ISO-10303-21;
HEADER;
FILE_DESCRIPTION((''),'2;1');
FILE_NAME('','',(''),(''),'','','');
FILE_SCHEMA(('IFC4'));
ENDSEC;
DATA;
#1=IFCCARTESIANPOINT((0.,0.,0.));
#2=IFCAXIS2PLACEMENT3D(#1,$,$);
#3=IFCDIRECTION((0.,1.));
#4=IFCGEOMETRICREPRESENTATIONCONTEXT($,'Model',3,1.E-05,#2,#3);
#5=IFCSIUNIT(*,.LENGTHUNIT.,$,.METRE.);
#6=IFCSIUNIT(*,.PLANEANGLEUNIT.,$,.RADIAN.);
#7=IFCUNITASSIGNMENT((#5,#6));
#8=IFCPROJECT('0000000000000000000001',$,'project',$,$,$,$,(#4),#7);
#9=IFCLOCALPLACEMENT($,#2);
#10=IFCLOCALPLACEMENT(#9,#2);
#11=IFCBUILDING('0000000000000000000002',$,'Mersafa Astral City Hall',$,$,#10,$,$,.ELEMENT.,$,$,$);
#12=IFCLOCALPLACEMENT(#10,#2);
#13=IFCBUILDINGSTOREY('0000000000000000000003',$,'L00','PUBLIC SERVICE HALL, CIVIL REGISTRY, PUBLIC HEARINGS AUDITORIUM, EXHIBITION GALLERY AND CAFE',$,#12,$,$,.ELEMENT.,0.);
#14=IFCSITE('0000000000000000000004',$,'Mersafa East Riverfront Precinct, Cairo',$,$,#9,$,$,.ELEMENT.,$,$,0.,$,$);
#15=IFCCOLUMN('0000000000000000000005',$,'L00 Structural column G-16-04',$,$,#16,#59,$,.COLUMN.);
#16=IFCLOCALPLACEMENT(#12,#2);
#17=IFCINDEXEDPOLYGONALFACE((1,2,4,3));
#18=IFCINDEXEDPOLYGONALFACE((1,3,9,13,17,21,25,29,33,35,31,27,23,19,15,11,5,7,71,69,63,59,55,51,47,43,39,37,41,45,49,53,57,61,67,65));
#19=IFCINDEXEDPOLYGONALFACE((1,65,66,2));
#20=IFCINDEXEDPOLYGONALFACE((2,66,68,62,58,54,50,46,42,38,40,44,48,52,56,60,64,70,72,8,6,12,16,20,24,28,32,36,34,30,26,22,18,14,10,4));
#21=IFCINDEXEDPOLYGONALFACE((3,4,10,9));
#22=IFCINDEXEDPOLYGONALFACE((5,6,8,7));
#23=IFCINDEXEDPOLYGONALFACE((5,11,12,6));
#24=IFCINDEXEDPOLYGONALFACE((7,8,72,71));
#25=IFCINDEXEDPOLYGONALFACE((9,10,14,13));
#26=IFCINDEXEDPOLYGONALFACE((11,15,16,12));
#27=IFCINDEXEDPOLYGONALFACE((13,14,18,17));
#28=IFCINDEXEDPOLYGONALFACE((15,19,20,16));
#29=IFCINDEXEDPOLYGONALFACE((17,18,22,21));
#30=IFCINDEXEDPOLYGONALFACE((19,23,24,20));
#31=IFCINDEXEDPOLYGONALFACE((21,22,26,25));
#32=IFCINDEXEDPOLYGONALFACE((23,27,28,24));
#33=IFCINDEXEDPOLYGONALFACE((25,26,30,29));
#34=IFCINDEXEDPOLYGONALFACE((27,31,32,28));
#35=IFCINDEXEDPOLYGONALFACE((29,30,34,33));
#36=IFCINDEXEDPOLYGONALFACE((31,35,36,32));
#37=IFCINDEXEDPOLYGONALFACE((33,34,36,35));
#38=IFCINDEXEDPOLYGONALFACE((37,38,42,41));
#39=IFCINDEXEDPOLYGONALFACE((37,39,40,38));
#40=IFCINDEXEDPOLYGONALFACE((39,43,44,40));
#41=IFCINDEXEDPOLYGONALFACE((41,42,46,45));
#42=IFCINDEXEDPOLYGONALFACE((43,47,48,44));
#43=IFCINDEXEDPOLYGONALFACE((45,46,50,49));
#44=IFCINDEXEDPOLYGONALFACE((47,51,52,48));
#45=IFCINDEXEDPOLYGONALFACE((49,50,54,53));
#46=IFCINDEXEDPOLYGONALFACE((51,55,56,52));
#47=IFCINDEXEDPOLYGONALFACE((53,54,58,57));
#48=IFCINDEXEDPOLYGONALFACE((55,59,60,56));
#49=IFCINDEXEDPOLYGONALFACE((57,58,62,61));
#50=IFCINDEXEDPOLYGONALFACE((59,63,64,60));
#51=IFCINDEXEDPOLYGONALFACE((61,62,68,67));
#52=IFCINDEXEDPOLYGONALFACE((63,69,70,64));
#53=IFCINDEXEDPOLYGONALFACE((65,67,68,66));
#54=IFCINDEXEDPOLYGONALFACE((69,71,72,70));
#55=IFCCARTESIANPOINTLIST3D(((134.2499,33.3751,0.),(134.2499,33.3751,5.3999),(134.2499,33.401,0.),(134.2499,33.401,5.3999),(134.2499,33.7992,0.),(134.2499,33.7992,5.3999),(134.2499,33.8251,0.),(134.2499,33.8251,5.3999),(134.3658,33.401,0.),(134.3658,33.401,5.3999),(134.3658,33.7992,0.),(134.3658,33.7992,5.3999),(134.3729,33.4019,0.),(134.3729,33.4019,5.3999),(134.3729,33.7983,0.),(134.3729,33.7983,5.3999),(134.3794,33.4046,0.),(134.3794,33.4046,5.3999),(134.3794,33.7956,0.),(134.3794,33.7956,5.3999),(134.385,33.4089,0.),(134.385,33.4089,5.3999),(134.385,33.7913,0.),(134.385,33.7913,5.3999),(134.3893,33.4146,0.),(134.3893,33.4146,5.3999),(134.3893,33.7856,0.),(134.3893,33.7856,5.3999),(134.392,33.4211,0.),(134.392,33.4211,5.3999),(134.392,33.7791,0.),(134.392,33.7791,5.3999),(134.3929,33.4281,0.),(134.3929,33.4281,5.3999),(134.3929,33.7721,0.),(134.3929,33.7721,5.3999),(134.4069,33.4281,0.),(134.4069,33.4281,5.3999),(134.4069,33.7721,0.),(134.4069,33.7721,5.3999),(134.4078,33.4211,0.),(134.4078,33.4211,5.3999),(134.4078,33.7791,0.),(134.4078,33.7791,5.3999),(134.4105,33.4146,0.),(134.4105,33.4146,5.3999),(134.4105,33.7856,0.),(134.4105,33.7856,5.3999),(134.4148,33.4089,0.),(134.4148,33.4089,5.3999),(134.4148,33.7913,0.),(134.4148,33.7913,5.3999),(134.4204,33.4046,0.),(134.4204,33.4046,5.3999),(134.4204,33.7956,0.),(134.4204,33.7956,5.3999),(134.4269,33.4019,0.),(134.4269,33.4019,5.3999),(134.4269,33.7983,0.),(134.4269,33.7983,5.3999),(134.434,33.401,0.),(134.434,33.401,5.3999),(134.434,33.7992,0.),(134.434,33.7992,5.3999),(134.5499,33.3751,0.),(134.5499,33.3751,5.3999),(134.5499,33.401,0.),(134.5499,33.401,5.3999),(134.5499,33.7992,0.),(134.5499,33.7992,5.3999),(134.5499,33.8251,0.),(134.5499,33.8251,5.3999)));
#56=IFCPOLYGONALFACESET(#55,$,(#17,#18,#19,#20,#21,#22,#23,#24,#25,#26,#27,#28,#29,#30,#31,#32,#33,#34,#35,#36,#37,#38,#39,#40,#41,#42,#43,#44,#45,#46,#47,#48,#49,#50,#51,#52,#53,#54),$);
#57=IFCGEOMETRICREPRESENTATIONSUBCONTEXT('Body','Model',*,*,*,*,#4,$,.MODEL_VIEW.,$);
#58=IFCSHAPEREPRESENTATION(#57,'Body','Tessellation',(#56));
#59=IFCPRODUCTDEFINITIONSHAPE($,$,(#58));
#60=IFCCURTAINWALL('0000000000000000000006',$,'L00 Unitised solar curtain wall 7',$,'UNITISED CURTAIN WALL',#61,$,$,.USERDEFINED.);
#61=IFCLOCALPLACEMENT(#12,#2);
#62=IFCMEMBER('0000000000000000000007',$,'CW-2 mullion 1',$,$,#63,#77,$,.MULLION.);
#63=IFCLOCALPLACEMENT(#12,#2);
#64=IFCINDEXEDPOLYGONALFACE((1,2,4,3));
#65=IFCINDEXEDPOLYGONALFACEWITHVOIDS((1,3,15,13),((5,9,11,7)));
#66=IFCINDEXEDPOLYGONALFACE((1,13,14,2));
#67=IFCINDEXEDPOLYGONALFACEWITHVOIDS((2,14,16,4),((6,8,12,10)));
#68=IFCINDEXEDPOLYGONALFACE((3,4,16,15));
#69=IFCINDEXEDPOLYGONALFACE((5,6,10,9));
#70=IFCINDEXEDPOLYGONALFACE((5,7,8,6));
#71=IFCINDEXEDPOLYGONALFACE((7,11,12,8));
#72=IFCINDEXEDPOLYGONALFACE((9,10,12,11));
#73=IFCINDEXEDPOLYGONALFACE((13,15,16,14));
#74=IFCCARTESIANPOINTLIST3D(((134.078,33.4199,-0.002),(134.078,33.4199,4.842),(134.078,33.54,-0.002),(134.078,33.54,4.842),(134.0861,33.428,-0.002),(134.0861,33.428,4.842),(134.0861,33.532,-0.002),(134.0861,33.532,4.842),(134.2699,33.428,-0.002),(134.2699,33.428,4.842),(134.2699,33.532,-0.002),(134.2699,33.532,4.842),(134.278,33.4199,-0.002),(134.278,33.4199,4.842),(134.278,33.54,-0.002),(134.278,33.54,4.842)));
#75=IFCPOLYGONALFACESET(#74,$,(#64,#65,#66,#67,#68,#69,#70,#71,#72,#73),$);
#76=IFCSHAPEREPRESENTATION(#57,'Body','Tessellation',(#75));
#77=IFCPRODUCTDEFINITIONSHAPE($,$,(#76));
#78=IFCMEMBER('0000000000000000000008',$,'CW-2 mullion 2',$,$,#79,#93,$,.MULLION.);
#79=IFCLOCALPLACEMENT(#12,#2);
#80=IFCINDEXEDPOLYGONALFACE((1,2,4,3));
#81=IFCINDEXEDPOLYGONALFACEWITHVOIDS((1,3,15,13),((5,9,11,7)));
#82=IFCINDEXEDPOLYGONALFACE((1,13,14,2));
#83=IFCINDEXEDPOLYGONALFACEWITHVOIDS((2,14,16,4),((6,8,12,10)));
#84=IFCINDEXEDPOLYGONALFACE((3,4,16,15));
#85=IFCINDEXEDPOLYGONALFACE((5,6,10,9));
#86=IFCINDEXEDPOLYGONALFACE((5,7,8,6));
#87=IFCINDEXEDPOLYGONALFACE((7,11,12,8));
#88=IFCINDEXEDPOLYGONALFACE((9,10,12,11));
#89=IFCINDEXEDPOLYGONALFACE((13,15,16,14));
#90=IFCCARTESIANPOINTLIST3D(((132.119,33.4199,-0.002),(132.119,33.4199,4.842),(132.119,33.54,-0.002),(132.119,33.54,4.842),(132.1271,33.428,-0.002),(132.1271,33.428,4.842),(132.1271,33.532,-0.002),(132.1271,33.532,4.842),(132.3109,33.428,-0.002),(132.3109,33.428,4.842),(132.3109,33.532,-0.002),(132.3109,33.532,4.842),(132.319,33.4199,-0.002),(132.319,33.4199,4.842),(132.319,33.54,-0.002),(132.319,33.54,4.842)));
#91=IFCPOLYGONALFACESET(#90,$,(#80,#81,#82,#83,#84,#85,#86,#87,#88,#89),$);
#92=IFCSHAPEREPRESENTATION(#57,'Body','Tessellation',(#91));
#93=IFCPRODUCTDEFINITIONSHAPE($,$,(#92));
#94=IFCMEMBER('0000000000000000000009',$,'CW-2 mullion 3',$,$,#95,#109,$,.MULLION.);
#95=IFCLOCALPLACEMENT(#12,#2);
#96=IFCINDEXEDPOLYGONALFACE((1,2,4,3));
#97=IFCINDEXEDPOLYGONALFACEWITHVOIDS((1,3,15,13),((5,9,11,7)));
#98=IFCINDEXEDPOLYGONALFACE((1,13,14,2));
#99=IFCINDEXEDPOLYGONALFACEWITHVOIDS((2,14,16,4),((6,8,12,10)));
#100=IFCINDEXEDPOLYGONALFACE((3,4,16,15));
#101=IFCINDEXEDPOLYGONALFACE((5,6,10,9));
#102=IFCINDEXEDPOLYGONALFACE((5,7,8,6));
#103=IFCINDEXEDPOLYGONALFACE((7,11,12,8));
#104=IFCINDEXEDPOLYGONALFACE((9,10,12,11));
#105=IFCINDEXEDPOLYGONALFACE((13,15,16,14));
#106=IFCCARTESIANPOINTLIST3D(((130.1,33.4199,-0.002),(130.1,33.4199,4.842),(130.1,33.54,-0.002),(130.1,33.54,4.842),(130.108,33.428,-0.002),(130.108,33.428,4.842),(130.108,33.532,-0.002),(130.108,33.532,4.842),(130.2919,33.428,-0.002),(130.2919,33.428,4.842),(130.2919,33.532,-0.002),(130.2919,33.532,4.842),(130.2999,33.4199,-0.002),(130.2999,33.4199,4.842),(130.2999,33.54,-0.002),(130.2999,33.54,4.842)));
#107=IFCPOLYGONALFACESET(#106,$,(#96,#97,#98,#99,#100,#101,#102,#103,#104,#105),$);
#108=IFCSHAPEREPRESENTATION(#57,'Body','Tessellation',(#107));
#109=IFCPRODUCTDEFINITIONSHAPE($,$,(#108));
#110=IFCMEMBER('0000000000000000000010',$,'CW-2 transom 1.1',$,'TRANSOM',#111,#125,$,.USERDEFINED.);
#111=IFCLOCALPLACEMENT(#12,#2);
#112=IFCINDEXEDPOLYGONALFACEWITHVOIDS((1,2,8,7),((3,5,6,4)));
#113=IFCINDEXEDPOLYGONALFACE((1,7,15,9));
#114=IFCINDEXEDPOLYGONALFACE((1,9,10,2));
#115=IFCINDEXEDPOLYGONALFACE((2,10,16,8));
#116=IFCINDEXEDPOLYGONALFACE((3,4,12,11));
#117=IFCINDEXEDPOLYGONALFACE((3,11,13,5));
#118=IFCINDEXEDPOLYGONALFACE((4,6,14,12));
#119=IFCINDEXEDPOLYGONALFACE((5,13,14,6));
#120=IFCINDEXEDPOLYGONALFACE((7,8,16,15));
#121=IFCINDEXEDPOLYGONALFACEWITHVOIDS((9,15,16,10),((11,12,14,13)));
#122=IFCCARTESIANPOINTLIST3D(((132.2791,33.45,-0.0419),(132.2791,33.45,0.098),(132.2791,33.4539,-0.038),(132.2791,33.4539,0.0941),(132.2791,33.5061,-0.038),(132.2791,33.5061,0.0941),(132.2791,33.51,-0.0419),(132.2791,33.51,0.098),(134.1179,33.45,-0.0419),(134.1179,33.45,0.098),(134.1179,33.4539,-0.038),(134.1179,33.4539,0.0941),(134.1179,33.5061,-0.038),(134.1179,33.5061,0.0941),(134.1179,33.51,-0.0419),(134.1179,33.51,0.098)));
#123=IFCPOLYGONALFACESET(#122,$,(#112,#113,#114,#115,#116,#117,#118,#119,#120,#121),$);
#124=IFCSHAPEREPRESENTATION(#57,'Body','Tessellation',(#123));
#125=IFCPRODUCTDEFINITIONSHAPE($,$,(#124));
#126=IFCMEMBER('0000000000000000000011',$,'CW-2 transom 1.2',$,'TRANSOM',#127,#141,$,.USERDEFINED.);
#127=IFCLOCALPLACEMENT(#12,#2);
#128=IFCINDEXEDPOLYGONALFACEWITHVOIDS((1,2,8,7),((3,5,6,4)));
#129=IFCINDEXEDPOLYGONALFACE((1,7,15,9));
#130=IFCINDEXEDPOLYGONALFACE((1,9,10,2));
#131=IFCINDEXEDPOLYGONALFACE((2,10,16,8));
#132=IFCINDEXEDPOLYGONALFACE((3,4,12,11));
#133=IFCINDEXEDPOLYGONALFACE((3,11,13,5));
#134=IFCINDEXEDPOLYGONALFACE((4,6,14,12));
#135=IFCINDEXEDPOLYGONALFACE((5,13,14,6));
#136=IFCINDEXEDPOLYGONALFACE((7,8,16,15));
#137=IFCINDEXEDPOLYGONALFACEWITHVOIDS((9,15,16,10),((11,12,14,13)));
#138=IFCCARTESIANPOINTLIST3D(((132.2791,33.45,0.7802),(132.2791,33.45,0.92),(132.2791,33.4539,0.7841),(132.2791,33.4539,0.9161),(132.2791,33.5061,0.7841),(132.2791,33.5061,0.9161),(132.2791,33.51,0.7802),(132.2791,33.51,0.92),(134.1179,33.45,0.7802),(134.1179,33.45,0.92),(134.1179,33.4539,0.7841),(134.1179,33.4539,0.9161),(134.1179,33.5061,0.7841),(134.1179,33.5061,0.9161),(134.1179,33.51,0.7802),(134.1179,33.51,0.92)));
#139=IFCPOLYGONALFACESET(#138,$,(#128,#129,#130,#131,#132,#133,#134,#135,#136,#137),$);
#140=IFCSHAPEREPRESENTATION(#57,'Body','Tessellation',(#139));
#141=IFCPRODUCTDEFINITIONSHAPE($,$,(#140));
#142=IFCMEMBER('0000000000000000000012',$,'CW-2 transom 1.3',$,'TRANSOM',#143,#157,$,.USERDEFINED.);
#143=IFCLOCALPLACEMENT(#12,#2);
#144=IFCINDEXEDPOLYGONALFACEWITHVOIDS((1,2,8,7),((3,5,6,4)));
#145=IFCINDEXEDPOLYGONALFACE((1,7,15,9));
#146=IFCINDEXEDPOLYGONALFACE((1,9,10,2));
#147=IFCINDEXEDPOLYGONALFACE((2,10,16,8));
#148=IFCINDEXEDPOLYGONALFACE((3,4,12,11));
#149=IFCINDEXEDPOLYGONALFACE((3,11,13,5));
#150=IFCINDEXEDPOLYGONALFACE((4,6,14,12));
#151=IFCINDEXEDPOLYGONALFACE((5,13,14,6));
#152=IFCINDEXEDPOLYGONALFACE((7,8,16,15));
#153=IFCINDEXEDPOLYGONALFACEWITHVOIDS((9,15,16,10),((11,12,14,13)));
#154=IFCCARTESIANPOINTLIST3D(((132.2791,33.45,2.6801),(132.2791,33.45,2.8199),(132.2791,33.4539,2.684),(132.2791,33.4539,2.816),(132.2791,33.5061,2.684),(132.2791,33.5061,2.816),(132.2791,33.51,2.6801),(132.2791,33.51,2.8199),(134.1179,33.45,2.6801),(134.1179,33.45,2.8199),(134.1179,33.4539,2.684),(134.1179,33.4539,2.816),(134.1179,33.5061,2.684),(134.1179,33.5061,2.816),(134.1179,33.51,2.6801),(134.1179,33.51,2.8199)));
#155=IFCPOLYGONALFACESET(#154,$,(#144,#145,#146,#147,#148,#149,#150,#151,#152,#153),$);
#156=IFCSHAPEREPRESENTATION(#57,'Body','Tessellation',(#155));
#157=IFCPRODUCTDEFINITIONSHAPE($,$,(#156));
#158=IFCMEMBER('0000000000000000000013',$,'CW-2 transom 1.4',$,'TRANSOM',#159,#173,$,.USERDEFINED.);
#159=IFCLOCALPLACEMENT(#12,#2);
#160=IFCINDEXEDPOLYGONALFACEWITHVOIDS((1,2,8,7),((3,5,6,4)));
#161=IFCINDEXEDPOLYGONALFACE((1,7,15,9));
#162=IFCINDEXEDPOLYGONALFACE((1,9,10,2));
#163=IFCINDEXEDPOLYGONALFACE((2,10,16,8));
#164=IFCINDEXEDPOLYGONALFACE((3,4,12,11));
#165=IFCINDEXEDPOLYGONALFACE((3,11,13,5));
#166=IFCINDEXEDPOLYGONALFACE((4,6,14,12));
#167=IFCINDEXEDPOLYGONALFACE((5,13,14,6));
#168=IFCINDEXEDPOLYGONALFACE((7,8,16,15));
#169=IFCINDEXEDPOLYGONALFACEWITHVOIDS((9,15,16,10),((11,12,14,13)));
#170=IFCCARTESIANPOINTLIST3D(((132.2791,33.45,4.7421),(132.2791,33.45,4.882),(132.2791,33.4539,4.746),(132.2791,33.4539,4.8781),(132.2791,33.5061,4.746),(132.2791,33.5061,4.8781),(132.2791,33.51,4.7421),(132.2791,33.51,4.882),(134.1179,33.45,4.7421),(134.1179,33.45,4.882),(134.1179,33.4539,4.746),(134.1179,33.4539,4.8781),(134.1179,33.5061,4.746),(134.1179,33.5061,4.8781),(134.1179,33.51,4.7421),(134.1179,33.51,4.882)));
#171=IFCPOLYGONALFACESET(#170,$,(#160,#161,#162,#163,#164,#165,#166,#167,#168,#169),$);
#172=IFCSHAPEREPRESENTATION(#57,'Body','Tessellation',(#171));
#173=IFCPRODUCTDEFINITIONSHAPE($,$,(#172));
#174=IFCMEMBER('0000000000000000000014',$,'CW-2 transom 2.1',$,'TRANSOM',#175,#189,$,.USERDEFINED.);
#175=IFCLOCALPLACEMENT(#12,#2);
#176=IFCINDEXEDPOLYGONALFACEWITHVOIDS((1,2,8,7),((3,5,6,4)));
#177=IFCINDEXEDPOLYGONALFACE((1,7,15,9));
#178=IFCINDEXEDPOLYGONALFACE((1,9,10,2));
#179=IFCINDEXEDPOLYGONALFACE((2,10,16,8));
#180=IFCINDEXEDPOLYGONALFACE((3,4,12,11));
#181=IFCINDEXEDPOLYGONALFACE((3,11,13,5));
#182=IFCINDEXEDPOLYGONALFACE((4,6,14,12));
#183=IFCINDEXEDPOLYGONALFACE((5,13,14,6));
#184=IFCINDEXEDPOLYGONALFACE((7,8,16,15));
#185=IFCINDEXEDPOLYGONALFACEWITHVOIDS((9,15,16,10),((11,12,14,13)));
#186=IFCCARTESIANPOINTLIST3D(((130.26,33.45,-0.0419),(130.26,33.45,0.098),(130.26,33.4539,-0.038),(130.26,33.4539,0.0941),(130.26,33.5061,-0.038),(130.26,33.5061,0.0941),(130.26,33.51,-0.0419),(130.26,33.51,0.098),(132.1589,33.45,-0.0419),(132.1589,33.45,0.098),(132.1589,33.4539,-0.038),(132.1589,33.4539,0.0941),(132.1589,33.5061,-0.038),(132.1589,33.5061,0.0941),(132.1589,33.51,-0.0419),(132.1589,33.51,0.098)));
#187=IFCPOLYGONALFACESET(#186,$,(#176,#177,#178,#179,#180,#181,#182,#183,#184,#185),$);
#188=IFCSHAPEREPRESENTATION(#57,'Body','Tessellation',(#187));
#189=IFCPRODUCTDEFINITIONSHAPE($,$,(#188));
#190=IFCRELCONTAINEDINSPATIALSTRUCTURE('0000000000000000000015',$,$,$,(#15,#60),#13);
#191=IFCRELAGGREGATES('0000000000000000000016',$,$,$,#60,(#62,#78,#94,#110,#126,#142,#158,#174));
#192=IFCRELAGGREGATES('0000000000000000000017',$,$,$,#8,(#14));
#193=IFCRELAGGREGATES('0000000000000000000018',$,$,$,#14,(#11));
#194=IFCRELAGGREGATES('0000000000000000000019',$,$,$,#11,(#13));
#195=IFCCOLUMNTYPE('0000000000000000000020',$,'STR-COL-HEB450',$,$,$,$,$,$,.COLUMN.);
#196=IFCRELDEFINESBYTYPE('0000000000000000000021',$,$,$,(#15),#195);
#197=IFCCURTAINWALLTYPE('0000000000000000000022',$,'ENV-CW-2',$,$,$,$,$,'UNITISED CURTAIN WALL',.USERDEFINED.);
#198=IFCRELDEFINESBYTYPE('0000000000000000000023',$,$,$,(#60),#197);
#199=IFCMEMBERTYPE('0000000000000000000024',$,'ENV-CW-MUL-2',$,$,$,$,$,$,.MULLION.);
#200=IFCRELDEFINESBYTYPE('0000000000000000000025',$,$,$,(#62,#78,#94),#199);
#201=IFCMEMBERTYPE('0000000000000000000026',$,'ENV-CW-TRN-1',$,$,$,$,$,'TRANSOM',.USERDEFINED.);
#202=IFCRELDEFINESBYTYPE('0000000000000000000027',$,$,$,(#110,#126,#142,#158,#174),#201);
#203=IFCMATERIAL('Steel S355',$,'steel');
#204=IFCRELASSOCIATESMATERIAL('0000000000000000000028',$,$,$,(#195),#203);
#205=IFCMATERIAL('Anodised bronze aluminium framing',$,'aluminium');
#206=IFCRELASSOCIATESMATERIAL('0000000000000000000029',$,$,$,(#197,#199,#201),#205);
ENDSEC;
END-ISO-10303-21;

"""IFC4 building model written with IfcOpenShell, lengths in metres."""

from ifc_helpers import new_model, si_unit, direction, frame, origin, origin_2d, place, context, subcontext, project, spatial, hollow_rectangle, i_section, extrude, material, material_profile, profile_set, type_object, element, aggregate, save


model = new_model("IFC4")

# Units and contexts
model_context = context("Model", 3, precision=1e-05, world=origin(), true_north=direction((0.0, 1.0)))
body_context = subcontext(model_context, "Body", "Model", "MODEL_VIEW")
ifc_project = project(units=[si_unit("LENGTHUNIT", "METRE"), si_unit("PLANEANGLEUNIT", "RADIAN")], contexts=[model_context])

# Site, building, storey
site_placement = place(None, origin())
site = spatial("IfcSite", under=ifc_project, at=site_placement, Name="Mersafa East Riverfront Precinct, Cairo", CompositionType="ELEMENT", RefElevation=0.0)
building_placement = place(site_placement, origin())
building = spatial("IfcBuilding", under=site, at=building_placement, Name="Mersafa Astral City Hall", CompositionType="ELEMENT")
storey_placement = place(building_placement, origin())
storey = spatial("IfcBuildingStorey", under=building, at=storey_placement, Name="L00", Description="PUBLIC SERVICE HALL, CIVIL REGISTRY, PUBLIC HEARINGS AUDITORIUM, EXHIBITION GALLERY AND CAFE", CompositionType="ELEMENT", Elevation=0.0)

# Column
ifc_material_1 = material(Name="Steel S355", Category="steel")
ifc_material_profile_1 = material_profile(ifc_material_1, i_section(OverallWidth=0.3, OverallDepth=0.45, WebThickness=0.0139, FlangeThickness=0.0259, FilletRadius=0.0271, at=origin_2d()), Name="HEB 450")
ifc_profile_set_1 = profile_set([ifc_material_profile_1], Name="Steel S355")
column_type = type_object("IfcColumnType", Name="STR-COL-HEB450", PredefinedType="COLUMN", material=ifc_profile_set_1)
column_placement = place(storey_placement, frame((134.3999, 33.6001, 0.0), z_axis=(0.0, 0.0, 1.0), x_axis=(1.0, 0.0, 0.0)))
element("IfcColumn", 1, at=column_placement, inside=storey, type_object=column_type, Name="L00 Structural column G-16-04", PredefinedType="COLUMN", context=body_context, shape_type="SweptSolid", body=[
    extrude(i_section(OverallWidth=0.3, OverallDepth=0.45, WebThickness=0.0139, FlangeThickness=0.0259, FilletRadius=0.0271, at=origin_2d()), origin(), (0.0, 0.0, 1.0), 5.3999),
])

# Curtain wall, members
ifc_material_2 = material(Name="Anodised bronze aluminium framing", Category="aluminium")
curtain_wall_type = type_object("IfcCurtainWallType", Name="ENV-CW-2", ElementType="UNITISED CURTAIN WALL", PredefinedType="USERDEFINED", material=ifc_material_2)
curtain_wall_placement = place(storey_placement, origin())
curtain_wall = element("IfcCurtainWall", 2, at=curtain_wall_placement, inside=storey, type_object=curtain_wall_type, Name="L00 Unitised solar curtain wall 7", ObjectType="UNITISED CURTAIN WALL", PredefinedType="USERDEFINED")
ifc_material_profile_2 = material_profile(ifc_material_2, hollow_rectangle(XDim=0.1201, YDim=0.2, WallThickness=0.0081, at=origin_2d()), Name="RHS 120x200x8")
ifc_profile_set_2 = profile_set([ifc_material_profile_2], Name="Anodised bronze aluminium framing")
member_type_1 = type_object("IfcMemberType", Name="ENV-CW-MUL-2", PredefinedType="MULLION", material=ifc_profile_set_2)
member_1_placement = place(storey_placement, frame((134.178, 33.48, -0.002), z_axis=(0.0, 0.0, 1.0), x_axis=(0.0, -1.0, 0.0)))
member_1 = element("IfcMember", 3, at=member_1_placement, type_object=member_type_1, Name="CW-2 mullion 1", PredefinedType="MULLION", context=body_context, shape_type="SweptSolid", body=[
    extrude(hollow_rectangle(XDim=0.1201, YDim=0.2, WallThickness=0.0081, at=origin_2d()), origin(), (0.0, 0.0, 1.0), 4.844),
])
member_2_placement = place(storey_placement, frame((132.219, 33.48, -0.002), z_axis=(0.0, 0.0, 1.0), x_axis=(0.0, -1.0, 0.0)))
member_2 = element("IfcMember", 4, at=member_2_placement, type_object=member_type_1, Name="CW-2 mullion 2", PredefinedType="MULLION", context=body_context, shape_type="SweptSolid", body=[
    extrude(hollow_rectangle(XDim=0.1201, YDim=0.2, WallThickness=0.0081, at=origin_2d()), origin(), (0.0, 0.0, 1.0), 4.844),
])
member_3_placement = place(storey_placement, frame((130.2, 33.48, -0.002), z_axis=(0.0, 0.0, 1.0), x_axis=(0.0, -1.0, 0.0)))
member_3 = element("IfcMember", 5, at=member_3_placement, type_object=member_type_1, Name="CW-2 mullion 3", PredefinedType="MULLION", context=body_context, shape_type="SweptSolid", body=[
    extrude(hollow_rectangle(XDim=0.1201, YDim=0.2, WallThickness=0.0081, at=origin_2d()), origin(), (0.0, 0.0, 1.0), 4.844),
])
ifc_material_profile_3 = material_profile(ifc_material_2, hollow_rectangle(XDim=0.0601, YDim=0.1399, WallThickness=0.0039, at=origin_2d()), Name="RHS 60x140x4")
ifc_profile_set_3 = profile_set([ifc_material_profile_3], Name="Anodised bronze aluminium framing")
member_type_2 = type_object("IfcMemberType", Name="ENV-CW-TRN-1", ElementType="TRANSOM", PredefinedType="USERDEFINED", material=ifc_profile_set_3)
member_4_placement = place(storey_placement, frame((134.1179, 33.48, 0.0281), z_axis=(-1.0, 0.0, 0.0), x_axis=(0.0, -1.0, 0.0)))
member_4 = element("IfcMember", 6, at=member_4_placement, type_object=member_type_2, Name="CW-2 transom 1.1", ObjectType="TRANSOM", PredefinedType="USERDEFINED", context=body_context, shape_type="SweptSolid", body=[
    extrude(hollow_rectangle(XDim=0.0601, YDim=0.1399, WallThickness=0.0039, at=origin_2d()), origin(), (0.0, 0.0, 1.0), 1.8389),
])
member_5_placement = place(storey_placement, frame((134.1179, 33.48, 0.8501), z_axis=(-1.0, 0.0, 0.0), x_axis=(0.0, -1.0, 0.0)))
member_5 = element("IfcMember", 7, at=member_5_placement, type_object=member_type_2, Name="CW-2 transom 1.2", ObjectType="TRANSOM", PredefinedType="USERDEFINED", context=body_context, shape_type="SweptSolid", body=[
    extrude(hollow_rectangle(XDim=0.0601, YDim=0.1399, WallThickness=0.0039, at=origin_2d()), origin(), (0.0, 0.0, 1.0), 1.8389),
])
member_6_placement = place(storey_placement, frame((134.1179, 33.48, 2.75), z_axis=(-1.0, 0.0, 0.0), x_axis=(0.0, -1.0, 0.0)))
member_6 = element("IfcMember", 8, at=member_6_placement, type_object=member_type_2, Name="CW-2 transom 1.3", ObjectType="TRANSOM", PredefinedType="USERDEFINED", context=body_context, shape_type="SweptSolid", body=[
    extrude(hollow_rectangle(XDim=0.0601, YDim=0.1399, WallThickness=0.0039, at=origin_2d()), origin(), (0.0, 0.0, 1.0), 1.8389),
])
member_7_placement = place(storey_placement, frame((134.1179, 33.48, 4.812), z_axis=(-1.0, 0.0, 0.0), x_axis=(0.0, -1.0, 0.0)))
member_7 = element("IfcMember", 9, at=member_7_placement, type_object=member_type_2, Name="CW-2 transom 1.4", ObjectType="TRANSOM", PredefinedType="USERDEFINED", context=body_context, shape_type="SweptSolid", body=[
    extrude(hollow_rectangle(XDim=0.0601, YDim=0.1399, WallThickness=0.0039, at=origin_2d()), origin(), (0.0, 0.0, 1.0), 1.8389),
])
member_8_placement = place(storey_placement, frame((132.1589, 33.48, 0.0281), z_axis=(-1.0, 0.0, 0.0), x_axis=(0.0, -1.0, 0.0)))
member_8 = element("IfcMember", 10, at=member_8_placement, type_object=member_type_2, Name="CW-2 transom 2.1", ObjectType="TRANSOM", PredefinedType="USERDEFINED", context=body_context, shape_type="SweptSolid", body=[
    extrude(hollow_rectangle(XDim=0.0601, YDim=0.1399, WallThickness=0.0039, at=origin_2d()), origin(), (0.0, 0.0, 1.0), 1.8989),
])

aggregate(curtain_wall, [member_1, member_2, member_3, member_4, member_5, member_6, member_7, member_8])

save(model, "model.ifc")
